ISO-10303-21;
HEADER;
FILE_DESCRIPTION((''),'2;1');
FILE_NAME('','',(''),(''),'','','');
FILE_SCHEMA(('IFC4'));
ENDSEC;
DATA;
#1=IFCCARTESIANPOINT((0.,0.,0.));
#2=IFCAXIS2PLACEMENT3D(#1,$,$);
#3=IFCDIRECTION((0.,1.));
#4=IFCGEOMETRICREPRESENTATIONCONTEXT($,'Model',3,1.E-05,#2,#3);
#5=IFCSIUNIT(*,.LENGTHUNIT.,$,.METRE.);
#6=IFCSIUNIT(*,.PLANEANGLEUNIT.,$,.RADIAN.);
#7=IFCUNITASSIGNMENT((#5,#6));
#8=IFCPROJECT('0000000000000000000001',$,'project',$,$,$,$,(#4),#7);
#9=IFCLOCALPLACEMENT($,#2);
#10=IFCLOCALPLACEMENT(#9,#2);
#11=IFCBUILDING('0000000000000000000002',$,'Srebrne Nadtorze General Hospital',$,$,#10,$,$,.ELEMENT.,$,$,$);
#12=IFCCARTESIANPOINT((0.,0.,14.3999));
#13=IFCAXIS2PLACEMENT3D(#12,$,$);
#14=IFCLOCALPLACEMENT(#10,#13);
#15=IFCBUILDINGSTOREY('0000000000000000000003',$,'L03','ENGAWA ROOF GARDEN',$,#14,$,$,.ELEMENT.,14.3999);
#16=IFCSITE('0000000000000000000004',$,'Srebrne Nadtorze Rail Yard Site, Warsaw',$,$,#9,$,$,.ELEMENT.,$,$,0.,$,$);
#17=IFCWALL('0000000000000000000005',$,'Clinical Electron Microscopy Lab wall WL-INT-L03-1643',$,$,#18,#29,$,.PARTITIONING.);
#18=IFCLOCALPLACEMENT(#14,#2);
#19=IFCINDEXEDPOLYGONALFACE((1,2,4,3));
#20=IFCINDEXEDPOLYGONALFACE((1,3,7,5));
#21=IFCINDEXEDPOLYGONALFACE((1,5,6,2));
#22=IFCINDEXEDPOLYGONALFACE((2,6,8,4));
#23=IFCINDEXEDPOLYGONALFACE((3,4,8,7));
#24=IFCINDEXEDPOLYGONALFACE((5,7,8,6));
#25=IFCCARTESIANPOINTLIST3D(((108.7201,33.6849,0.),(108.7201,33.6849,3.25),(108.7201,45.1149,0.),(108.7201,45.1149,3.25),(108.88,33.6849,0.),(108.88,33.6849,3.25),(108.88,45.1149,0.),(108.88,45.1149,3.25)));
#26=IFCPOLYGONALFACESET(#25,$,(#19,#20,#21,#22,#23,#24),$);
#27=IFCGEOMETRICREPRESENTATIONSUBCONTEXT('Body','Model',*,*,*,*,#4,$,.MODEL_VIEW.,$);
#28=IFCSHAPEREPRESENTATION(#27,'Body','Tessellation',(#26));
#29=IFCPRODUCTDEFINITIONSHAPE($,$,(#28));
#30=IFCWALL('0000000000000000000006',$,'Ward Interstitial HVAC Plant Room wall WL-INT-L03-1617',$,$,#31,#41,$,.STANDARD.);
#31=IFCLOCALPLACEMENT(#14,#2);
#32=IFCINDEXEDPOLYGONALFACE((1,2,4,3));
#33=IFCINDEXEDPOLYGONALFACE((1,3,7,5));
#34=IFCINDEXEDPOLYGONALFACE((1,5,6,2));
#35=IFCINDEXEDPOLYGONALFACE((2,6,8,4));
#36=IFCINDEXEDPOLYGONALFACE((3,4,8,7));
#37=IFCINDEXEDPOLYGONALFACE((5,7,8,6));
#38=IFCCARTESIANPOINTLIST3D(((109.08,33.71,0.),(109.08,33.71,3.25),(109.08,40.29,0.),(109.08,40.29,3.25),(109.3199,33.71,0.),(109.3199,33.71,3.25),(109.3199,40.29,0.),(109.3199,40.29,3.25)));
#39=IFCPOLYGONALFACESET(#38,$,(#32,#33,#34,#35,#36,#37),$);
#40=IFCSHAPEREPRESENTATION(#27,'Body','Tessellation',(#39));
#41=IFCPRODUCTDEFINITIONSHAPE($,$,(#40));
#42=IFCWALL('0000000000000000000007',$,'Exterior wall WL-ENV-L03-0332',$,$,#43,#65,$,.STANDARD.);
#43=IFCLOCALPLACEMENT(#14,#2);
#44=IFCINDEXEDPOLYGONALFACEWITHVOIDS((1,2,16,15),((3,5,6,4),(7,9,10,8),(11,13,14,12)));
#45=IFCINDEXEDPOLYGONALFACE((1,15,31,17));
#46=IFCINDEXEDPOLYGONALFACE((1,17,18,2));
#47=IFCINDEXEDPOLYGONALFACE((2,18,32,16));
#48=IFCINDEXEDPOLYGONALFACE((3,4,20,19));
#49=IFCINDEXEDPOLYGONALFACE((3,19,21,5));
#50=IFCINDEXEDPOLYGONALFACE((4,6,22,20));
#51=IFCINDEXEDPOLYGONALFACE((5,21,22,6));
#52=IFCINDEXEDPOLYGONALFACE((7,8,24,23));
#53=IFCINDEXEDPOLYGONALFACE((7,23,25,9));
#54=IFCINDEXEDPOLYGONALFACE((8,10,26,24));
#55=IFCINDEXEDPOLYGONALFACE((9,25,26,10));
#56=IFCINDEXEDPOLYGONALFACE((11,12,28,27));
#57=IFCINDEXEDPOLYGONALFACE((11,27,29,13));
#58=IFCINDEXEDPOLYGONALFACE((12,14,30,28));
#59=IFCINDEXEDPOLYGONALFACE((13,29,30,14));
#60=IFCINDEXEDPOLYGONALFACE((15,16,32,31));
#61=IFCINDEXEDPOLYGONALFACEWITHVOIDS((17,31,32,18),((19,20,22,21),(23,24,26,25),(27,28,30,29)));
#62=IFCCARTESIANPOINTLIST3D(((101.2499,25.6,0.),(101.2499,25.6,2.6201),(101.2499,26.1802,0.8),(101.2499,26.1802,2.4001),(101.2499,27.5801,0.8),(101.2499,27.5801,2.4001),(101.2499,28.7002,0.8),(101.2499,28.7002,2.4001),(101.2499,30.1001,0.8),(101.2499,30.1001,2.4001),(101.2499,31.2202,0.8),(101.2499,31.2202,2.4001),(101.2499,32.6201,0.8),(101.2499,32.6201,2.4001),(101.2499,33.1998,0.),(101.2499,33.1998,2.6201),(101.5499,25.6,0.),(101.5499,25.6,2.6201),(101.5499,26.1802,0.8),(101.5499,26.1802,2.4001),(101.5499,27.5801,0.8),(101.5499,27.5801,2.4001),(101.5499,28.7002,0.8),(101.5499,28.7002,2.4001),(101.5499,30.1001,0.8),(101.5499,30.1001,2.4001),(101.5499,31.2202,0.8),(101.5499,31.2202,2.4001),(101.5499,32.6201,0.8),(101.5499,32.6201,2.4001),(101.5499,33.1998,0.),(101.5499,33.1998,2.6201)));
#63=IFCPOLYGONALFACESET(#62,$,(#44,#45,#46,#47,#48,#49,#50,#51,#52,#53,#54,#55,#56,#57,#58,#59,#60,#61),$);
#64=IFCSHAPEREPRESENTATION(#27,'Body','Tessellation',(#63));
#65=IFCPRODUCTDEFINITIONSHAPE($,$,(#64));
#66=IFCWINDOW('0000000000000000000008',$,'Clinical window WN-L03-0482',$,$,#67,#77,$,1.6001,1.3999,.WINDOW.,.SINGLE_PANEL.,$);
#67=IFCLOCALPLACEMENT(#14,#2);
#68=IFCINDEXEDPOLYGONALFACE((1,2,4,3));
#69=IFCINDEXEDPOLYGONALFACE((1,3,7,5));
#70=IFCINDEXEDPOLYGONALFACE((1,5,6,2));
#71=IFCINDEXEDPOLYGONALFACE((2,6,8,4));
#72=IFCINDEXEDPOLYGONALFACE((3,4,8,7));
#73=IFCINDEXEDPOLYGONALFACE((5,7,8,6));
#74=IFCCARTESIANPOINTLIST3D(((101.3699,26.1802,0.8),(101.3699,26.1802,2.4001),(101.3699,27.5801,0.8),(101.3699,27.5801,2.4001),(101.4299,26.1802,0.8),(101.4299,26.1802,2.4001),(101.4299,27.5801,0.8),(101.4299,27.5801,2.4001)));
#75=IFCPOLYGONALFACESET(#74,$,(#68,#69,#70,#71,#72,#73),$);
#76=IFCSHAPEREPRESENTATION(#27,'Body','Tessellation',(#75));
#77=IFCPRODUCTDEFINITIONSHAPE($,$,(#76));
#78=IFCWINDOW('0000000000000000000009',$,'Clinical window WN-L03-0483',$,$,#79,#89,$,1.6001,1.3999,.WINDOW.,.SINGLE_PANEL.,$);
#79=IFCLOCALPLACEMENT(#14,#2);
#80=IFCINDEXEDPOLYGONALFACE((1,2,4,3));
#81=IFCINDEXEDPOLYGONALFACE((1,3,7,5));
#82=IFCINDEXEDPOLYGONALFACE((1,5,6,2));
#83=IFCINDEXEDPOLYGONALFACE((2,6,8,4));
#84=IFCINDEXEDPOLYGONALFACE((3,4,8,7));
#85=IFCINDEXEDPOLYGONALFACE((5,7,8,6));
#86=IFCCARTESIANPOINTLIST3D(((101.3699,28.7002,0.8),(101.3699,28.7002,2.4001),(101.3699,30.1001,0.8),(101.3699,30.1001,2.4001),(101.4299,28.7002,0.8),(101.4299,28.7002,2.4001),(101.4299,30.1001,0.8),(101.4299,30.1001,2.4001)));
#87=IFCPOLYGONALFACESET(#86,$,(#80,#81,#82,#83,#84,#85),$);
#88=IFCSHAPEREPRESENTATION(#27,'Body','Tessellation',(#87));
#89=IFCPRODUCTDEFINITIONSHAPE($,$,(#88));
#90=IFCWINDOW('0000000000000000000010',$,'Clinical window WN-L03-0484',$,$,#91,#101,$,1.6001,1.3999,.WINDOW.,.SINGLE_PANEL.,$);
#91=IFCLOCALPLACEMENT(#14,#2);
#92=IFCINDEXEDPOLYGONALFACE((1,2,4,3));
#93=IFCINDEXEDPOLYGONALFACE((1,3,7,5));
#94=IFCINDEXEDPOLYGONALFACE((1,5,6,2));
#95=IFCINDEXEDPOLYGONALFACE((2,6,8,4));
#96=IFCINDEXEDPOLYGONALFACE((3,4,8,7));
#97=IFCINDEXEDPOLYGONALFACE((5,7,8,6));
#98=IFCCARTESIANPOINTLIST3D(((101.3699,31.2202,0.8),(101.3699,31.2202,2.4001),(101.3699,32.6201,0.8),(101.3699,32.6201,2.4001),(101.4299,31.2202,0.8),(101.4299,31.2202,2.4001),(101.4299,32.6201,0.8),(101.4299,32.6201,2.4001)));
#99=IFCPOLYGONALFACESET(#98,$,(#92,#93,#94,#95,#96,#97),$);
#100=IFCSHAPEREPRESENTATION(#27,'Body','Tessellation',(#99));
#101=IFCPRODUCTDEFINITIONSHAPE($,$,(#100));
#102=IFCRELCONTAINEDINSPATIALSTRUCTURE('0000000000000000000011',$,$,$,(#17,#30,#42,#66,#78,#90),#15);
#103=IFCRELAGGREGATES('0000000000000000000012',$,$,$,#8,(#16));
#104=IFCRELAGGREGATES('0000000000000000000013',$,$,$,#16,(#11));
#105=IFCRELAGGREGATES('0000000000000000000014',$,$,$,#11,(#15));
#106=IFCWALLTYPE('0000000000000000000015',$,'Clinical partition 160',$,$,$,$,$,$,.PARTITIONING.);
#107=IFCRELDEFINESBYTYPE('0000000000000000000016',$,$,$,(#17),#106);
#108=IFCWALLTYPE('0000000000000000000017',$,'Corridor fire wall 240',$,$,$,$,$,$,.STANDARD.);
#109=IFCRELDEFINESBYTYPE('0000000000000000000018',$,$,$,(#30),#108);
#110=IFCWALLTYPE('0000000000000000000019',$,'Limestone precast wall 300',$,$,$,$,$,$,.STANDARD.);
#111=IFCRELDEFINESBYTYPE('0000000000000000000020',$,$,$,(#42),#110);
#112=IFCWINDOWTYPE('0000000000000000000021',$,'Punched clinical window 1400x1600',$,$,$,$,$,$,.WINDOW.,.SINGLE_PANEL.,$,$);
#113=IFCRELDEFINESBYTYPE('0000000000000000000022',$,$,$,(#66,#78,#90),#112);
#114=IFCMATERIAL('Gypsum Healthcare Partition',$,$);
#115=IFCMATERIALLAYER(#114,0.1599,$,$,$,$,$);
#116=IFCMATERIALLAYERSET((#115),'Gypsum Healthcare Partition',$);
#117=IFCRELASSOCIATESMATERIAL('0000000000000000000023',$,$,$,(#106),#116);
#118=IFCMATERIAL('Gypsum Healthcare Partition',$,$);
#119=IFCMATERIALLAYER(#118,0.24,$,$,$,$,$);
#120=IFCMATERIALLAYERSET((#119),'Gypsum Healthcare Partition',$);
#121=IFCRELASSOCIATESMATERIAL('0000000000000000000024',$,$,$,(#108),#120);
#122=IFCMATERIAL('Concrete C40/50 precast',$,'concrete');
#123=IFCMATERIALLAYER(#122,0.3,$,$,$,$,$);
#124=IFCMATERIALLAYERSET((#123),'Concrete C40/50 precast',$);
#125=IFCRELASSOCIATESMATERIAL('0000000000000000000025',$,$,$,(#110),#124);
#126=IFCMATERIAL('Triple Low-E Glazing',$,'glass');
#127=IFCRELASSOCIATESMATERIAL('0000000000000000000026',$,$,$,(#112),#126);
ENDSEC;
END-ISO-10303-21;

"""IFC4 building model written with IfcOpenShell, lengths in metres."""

from ifc_helpers import new_model, si_unit, direction, frame, frame_2d, origin, place, context, subcontext, project, spatial, rectangle, extrude, material, layer, layer_set, type_object, element, fill, save


model = new_model("IFC4")

# Units and contexts
model_context = context("Model", 3, precision=1e-05, world=origin(), true_north=direction((0.0, 1.0)))
body_context = subcontext(model_context, "Body", "Model", "MODEL_VIEW")
ifc_project = project(units=[si_unit("LENGTHUNIT", "METRE"), si_unit("PLANEANGLEUNIT", "RADIAN")], contexts=[model_context])

# Site, building, storey
site_placement = place(None, origin())
site = spatial("IfcSite", under=ifc_project, at=site_placement, Name="Srebrne Nadtorze Rail Yard Site, Warsaw", CompositionType="ELEMENT", RefElevation=0.0)
building_placement = place(site_placement, origin())
building = spatial("IfcBuilding", under=site, at=building_placement, Name="Srebrne Nadtorze General Hospital", CompositionType="ELEMENT")
storey_placement = place(building_placement, frame((0.0, 0.0, 14.3999)))
storey = spatial("IfcBuildingStorey", under=building, at=storey_placement, Name="L03", Description="ENGAWA ROOF GARDEN", CompositionType="ELEMENT", Elevation=14.3999)

# Walls
ifc_material_1 = material(Name="Gypsum Healthcare Partition")
ifc_layer_1 = layer(ifc_material_1, 0.1599)
ifc_layer_set_1 = layer_set([ifc_layer_1], Name="Gypsum Healthcare Partition")
wall_type_1 = type_object("IfcWallType", Name="Clinical partition 160", PredefinedType="PARTITIONING", material=ifc_layer_set_1)
wall_1_placement = place(storey_placement, frame((108.8, 33.6851, 0.0), z_axis=(0.0, 0.0, 1.0), x_axis=(0.0, 1.0, 0.0)))
element("IfcWall", 1, at=wall_1_placement, inside=storey, type_object=wall_type_1, Name="Clinical Electron Microscopy Lab wall WL-INT-L03-1643", PredefinedType="PARTITIONING", context=body_context, shape_type="SweptSolid", body=[
    extrude(rectangle(XDim=11.4299, YDim=0.1599, at=frame_2d((5.7148, 0.0))), origin(), (0.0, 0.0, 1.0), 3.25),
])
ifc_material_2 = material(Name="Gypsum Healthcare Partition")
ifc_layer_2 = layer(ifc_material_2, 0.24)
ifc_layer_set_2 = layer_set([ifc_layer_2], Name="Gypsum Healthcare Partition")
wall_type_2 = type_object("IfcWallType", Name="Corridor fire wall 240", PredefinedType="STANDARD", material=ifc_layer_set_2)
wall_2_placement = place(storey_placement, frame((109.2, 33.71, 0.0), z_axis=(0.0, 0.0, 1.0), x_axis=(0.0, 1.0, 0.0)))
element("IfcWall", 2, at=wall_2_placement, inside=storey, type_object=wall_type_2, Name="Ward Interstitial HVAC Plant Room wall WL-INT-L03-1617", PredefinedType="STANDARD", context=body_context, shape_type="SweptSolid", body=[
    extrude(rectangle(XDim=6.5801, YDim=0.24, at=frame_2d((3.29, 0.0))), origin(), (0.0, 0.0, 1.0), 3.25),
])

# Wall, openings, windows
ifc_material_3 = material(Name="Concrete C40/50 precast", Category="concrete")
ifc_layer_3 = layer(ifc_material_3, 0.3)
ifc_layer_set_3 = layer_set([ifc_layer_3], Name="Concrete C40/50 precast")
wall_type_3 = type_object("IfcWallType", Name="Limestone precast wall 300", PredefinedType="STANDARD", material=ifc_layer_set_3)
wall_3_placement = place(storey_placement, frame((101.3999, 25.6001, 0.0), z_axis=(0.0, 0.0, 1.0), x_axis=(0.0, 1.0, 0.0)))
wall_3 = element("IfcWall", 3, at=wall_3_placement, inside=storey, type_object=wall_type_3, Name="Exterior wall WL-ENV-L03-0332", PredefinedType="STANDARD", context=body_context, shape_type="SweptSolid", body=[
    extrude(rectangle(XDim=7.5999, YDim=0.3, at=frame_2d((3.7998, 0.0))), origin(), (0.0, 0.0, 1.0), 2.6201),
])
opening_1_placement = place(wall_3_placement, frame((0.5801, 0.0, 0.8)))
opening_1 = element("IfcOpeningElement", 4, at=opening_1_placement, cuts=wall_3, PredefinedType="OPENING", context=body_context, shape_type="SweptSolid", body=[
    extrude(rectangle(XDim=1.3999, YDim=1.6001, at=frame_2d((0.7, 0.8))), frame((0.0, 0.1621, 0.0), z_axis=(0.0, -1.0, 0.0), x_axis=(1.0, 0.0, 0.0)), (0.0, 0.0, 1.0), 0.324),
])
opening_2_placement = place(wall_3_placement, frame((3.1001, 0.0, 0.8)))
opening_2 = element("IfcOpeningElement", 5, at=opening_2_placement, cuts=wall_3, PredefinedType="OPENING", context=body_context, shape_type="SweptSolid", body=[
    extrude(rectangle(XDim=1.3999, YDim=1.6001, at=frame_2d((0.7, 0.8))), frame((0.0, 0.1621, 0.0), z_axis=(0.0, -1.0, 0.0), x_axis=(1.0, 0.0, 0.0)), (0.0, 0.0, 1.0), 0.324),
])
opening_3_placement = place(wall_3_placement, frame((5.6201, 0.0, 0.8)))
opening_3 = element("IfcOpeningElement", 6, at=opening_3_placement, cuts=wall_3, PredefinedType="OPENING", context=body_context, shape_type="SweptSolid", body=[
    extrude(rectangle(XDim=1.3999, YDim=1.6001, at=frame_2d((0.7, 0.8))), frame((0.0, 0.1621, 0.0), z_axis=(0.0, -1.0, 0.0), x_axis=(1.0, 0.0, 0.0)), (0.0, 0.0, 1.0), 0.324),
])
ifc_material_4 = material(Name="Triple Low-E Glazing", Category="glass")
window_type = type_object("IfcWindowType", Name="Punched clinical window 1400x1600", PartitioningType="SINGLE_PANEL", PredefinedType="WINDOW", material=ifc_material_4)
window_1_placement = place(opening_1_placement, origin())
window_1 = element("IfcWindow", 7, at=window_1_placement, inside=storey, type_object=window_type, Name="Clinical window WN-L03-0482", OverallHeight=1.6001, OverallWidth=1.3999, PartitioningType="SINGLE_PANEL", PredefinedType="WINDOW", context=body_context, shape_type="SweptSolid", body=[
    extrude(rectangle(XDim=1.3999, YDim=1.6001, at=frame_2d((0.7, 0.8))), frame((0.0, 0.03, 0.0), z_axis=(0.0, -1.0, 0.0), x_axis=(1.0, 0.0, 0.0)), (0.0, 0.0, 1.0), 0.0601),
])
fill(opening_1, window_1)
window_2_placement = place(opening_2_placement, origin())
window_2 = element("IfcWindow", 8, at=window_2_placement, inside=storey, type_object=window_type, Name="Clinical window WN-L03-0483", OverallHeight=1.6001, OverallWidth=1.3999, PartitioningType="SINGLE_PANEL", PredefinedType="WINDOW", context=body_context, shape_type="SweptSolid", body=[
    extrude(rectangle(XDim=1.3999, YDim=1.6001, at=frame_2d((0.7, 0.8))), frame((0.0, 0.03, 0.0), z_axis=(0.0, -1.0, 0.0), x_axis=(1.0, 0.0, 0.0)), (0.0, 0.0, 1.0), 0.0601),
])
fill(opening_2, window_2)
window_3_placement = place(opening_3_placement, origin())
window_3 = element("IfcWindow", 9, at=window_3_placement, inside=storey, type_object=window_type, Name="Clinical window WN-L03-0484", OverallHeight=1.6001, OverallWidth=1.3999, PartitioningType="SINGLE_PANEL", PredefinedType="WINDOW", context=body_context, shape_type="SweptSolid", body=[
    extrude(rectangle(XDim=1.3999, YDim=1.6001, at=frame_2d((0.7, 0.8))), frame((0.0, 0.03, 0.0), z_axis=(0.0, -1.0, 0.0), x_axis=(1.0, 0.0, 0.0)), (0.0, 0.0, 1.0), 0.0601),
])
fill(opening_3, window_3)

save(model, "model.ifc")
